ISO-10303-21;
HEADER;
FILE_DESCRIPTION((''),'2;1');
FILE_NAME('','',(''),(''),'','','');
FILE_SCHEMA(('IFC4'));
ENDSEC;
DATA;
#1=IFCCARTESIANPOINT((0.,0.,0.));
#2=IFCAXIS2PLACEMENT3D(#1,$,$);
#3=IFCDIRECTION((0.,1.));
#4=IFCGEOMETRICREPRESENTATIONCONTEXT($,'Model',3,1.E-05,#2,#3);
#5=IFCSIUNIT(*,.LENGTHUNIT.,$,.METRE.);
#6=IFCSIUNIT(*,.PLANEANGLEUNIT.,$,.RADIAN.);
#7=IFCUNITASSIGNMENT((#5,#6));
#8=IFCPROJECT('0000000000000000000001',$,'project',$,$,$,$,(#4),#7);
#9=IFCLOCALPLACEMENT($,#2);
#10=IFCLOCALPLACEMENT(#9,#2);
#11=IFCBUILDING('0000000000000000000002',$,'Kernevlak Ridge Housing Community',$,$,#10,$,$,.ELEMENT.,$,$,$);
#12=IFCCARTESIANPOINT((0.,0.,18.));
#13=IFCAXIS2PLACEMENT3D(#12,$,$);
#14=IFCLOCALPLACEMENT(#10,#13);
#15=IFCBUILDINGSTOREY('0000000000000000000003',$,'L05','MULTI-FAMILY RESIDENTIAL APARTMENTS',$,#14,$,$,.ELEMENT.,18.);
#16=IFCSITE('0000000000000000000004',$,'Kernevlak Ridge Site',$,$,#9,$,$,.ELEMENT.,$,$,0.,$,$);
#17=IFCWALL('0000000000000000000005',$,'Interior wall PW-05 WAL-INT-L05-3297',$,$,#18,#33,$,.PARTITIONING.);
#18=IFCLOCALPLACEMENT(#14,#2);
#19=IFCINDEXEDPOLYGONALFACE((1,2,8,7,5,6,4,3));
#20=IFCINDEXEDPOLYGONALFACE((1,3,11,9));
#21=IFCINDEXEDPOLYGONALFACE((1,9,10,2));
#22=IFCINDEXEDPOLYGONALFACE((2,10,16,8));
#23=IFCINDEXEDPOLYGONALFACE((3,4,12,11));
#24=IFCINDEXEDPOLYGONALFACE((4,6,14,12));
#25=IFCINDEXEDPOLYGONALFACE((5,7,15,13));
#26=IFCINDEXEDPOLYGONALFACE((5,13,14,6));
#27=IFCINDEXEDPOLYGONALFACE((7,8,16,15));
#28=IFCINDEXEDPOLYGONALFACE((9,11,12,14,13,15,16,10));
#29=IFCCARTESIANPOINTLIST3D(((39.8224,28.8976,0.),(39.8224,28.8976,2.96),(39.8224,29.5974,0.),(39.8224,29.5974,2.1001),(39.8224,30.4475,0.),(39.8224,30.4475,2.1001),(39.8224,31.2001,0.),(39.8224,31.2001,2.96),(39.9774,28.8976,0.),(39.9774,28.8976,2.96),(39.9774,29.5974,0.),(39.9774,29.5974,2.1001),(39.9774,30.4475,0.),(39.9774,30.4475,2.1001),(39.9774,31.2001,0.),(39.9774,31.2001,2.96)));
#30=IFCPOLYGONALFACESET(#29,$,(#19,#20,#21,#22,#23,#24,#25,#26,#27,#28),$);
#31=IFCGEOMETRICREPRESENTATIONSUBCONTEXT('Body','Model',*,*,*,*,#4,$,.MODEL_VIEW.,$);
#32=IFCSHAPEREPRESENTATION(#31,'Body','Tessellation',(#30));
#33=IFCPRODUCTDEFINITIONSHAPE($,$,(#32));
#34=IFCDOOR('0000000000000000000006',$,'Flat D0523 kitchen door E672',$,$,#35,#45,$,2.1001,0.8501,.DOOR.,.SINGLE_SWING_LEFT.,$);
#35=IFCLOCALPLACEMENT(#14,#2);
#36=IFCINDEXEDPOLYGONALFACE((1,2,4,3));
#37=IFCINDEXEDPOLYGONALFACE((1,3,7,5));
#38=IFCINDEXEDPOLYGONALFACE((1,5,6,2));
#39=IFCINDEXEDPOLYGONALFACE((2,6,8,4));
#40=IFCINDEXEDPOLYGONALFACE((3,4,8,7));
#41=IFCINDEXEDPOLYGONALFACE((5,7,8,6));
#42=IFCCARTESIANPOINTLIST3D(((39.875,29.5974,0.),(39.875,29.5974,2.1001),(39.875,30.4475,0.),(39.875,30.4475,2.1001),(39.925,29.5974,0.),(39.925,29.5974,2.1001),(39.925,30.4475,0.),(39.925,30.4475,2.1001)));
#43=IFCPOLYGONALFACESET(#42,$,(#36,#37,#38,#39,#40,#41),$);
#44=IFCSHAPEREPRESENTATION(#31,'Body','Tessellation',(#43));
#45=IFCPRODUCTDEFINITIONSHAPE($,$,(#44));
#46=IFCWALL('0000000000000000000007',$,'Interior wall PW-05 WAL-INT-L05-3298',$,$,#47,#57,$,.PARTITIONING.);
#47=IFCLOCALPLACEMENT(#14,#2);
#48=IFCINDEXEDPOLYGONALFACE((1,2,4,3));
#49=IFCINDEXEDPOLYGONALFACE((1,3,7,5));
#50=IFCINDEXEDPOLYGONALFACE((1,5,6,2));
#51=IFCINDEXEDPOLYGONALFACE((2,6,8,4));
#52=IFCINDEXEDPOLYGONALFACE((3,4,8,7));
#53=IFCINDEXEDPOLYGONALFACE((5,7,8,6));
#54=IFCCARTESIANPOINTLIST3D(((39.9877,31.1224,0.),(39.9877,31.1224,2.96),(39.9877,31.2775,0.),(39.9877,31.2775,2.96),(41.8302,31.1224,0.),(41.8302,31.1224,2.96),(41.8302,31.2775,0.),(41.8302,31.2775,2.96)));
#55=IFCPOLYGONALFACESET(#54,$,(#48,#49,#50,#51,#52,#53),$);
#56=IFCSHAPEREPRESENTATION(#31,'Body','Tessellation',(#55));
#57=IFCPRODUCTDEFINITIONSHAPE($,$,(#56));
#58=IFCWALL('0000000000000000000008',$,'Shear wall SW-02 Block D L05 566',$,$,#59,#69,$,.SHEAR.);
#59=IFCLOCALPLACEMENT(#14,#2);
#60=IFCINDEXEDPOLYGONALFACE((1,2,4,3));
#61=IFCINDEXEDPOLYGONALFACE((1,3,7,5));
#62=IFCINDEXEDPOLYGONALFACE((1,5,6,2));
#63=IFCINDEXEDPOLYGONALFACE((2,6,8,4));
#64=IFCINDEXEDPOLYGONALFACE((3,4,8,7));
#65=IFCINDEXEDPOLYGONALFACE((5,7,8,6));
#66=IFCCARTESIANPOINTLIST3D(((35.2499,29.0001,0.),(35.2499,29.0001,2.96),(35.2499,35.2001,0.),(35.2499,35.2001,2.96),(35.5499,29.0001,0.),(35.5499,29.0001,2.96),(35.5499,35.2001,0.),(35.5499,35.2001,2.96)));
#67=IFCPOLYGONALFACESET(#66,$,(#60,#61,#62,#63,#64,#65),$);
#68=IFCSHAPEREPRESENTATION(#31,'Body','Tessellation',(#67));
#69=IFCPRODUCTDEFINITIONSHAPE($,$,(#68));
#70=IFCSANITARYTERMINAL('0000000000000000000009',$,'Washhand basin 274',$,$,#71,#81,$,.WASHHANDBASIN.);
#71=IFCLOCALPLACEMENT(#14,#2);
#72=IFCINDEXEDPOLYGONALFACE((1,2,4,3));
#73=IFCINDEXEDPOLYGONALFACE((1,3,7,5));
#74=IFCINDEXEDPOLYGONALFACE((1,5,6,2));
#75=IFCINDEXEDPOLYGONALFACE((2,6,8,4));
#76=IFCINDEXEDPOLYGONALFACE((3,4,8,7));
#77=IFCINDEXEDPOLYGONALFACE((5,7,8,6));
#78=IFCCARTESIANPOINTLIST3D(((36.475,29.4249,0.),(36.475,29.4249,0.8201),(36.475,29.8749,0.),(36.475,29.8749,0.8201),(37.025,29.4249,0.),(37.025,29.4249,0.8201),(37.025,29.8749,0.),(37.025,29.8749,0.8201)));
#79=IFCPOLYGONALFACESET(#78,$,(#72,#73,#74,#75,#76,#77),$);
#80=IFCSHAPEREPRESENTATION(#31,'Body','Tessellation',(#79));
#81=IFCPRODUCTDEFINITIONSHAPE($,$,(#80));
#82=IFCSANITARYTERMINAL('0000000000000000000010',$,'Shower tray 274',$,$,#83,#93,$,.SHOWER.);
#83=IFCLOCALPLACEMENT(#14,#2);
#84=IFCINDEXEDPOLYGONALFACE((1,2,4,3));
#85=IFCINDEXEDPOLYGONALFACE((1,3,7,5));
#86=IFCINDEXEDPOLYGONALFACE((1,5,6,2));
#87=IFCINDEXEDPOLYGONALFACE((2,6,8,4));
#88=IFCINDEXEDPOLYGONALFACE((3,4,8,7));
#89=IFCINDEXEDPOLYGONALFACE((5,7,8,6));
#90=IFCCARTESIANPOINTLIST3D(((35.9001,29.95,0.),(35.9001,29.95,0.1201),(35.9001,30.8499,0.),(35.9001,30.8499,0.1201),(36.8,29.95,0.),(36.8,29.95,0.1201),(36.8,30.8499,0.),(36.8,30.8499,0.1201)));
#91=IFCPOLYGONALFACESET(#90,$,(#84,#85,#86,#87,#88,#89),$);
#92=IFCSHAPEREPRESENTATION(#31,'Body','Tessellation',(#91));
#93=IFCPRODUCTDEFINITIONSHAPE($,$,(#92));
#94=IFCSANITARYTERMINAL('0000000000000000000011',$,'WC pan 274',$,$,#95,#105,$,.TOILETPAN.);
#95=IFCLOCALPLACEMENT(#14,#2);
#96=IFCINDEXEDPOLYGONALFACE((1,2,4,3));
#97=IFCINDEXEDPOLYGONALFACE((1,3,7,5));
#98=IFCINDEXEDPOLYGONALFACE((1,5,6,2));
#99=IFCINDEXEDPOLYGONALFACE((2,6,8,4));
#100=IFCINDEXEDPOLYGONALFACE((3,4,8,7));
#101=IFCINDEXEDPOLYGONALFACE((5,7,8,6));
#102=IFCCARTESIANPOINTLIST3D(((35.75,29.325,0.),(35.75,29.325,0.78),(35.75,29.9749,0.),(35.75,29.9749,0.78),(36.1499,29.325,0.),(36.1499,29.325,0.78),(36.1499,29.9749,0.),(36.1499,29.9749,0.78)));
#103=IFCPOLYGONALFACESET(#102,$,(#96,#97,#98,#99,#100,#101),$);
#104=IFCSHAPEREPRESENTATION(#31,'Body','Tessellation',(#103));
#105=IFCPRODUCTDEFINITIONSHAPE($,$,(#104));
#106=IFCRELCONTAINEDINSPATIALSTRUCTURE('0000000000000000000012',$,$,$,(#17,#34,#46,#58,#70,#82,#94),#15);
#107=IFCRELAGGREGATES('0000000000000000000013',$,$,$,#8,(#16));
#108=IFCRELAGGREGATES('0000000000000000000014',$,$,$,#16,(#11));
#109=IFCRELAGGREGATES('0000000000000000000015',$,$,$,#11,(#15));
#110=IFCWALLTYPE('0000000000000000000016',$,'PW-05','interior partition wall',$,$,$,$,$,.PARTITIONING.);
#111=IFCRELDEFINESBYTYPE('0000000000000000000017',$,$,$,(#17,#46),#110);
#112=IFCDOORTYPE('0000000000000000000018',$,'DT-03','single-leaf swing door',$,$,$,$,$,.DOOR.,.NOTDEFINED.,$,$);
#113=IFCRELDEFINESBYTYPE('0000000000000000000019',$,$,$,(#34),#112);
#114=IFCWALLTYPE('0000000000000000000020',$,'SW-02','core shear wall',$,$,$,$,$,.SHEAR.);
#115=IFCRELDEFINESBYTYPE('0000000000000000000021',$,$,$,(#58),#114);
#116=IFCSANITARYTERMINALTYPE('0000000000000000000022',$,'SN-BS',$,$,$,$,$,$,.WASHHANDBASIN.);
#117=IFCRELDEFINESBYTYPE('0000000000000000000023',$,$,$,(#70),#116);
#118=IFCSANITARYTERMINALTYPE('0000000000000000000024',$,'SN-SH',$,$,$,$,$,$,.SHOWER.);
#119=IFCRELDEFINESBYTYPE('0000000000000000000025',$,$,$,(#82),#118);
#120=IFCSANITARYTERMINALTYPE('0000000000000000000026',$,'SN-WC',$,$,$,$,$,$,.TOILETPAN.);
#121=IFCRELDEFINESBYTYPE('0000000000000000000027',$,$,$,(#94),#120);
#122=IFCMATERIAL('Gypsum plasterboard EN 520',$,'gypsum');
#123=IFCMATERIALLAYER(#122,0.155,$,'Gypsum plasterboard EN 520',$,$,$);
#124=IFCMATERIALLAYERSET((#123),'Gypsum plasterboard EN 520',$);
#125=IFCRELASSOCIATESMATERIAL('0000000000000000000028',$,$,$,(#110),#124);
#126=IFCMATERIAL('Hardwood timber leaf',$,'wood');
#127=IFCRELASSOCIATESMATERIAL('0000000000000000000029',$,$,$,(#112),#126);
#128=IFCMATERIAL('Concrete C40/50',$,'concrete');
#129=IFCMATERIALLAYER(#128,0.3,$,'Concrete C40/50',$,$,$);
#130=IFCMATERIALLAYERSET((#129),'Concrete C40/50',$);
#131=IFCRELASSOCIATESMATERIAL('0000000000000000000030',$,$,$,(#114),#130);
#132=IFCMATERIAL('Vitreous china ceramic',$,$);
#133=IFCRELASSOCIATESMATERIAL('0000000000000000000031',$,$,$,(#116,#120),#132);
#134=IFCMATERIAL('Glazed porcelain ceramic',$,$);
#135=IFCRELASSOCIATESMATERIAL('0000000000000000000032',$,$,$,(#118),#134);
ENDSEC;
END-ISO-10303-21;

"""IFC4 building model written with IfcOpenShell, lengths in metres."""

from ifc_helpers import new_model, si_unit, direction, frame, frame_2d, origin, origin_2d, place, context, subcontext, project, spatial, rectangle, extrude, material, layer, layer_set, type_object, element, fill, save


model = new_model("IFC4")

# Units and contexts
model_context = context("Model", 3, precision=1e-05, world=origin(), true_north=direction((0.0, 1.0)))
body_context = subcontext(model_context, "Body", "Model", "MODEL_VIEW")
ifc_project = project(units=[si_unit("LENGTHUNIT", "METRE"), si_unit("PLANEANGLEUNIT", "RADIAN")], contexts=[model_context])

# Site, building, storey
site_placement = place(None, origin())
site = spatial("IfcSite", under=ifc_project, at=site_placement, Name="Kernevlak Ridge Site", CompositionType="ELEMENT", RefElevation=0.0)
building_placement = place(site_placement, origin())
building = spatial("IfcBuilding", under=site, at=building_placement, Name="Kernevlak Ridge Housing Community", CompositionType="ELEMENT")
storey_placement = place(building_placement, frame((0.0, 0.0, 18.0)))
storey = spatial("IfcBuildingStorey", under=building, at=storey_placement, Name="L05", Description="MULTI-FAMILY RESIDENTIAL APARTMENTS", CompositionType="ELEMENT", Elevation=18.0)

# Shared definitions
ifc_material_1 = material(Name="Hardwood timber leaf", Category="wood")

# Shared definitions
ifc_material_2 = material(Name="Gypsum plasterboard EN 520", Category="gypsum")

# Wall, opening, door
ifc_layer_1 = layer(ifc_material_2, 0.155, Name="Gypsum plasterboard EN 520")
ifc_layer_set_1 = layer_set([ifc_layer_1], Name="Gypsum plasterboard EN 520")
wall_type_1 = type_object("IfcWallType", Name="PW-05", Description="interior partition wall", PredefinedType="PARTITIONING", material=ifc_layer_set_1)
wall_1_placement = place(storey_placement, frame((39.8999, 28.8975, 0.0), z_axis=(0.0, 0.0, 1.0), x_axis=(0.0, 1.0, 0.0)))
wall_1 = element("IfcWall", 1, at=wall_1_placement, inside=storey, type_object=wall_type_1, Name="Interior wall PW-05 WAL-INT-L05-3297", PredefinedType="PARTITIONING", context=body_context, shape_type="SweptSolid", body=[
    extrude(rectangle(XDim=2.3025, YDim=0.155, at=frame_2d((1.1514, 0.0))), origin(), (0.0, 0.0, 1.0), 2.96),
])
opening_1_placement = place(wall_1_placement, frame((0.7, 0.0, 0.0)))
opening_1 = element("IfcOpeningElement", 2, at=opening_1_placement, cuts=wall_1, PredefinedType="OPENING", context=body_context, shape_type="SweptSolid", body=[
    extrude(rectangle(XDim=0.8501, YDim=2.1001, at=frame_2d((0.425, 1.05))), frame((0.0, 0.0874, 0.0), z_axis=(0.0, -1.0, 0.0), x_axis=(1.0, 0.0, 0.0)), (0.0, 0.0, 1.0), 0.175),
])
door_type_1 = type_object("IfcDoorType", Name="DT-03", Description="single-leaf swing door", OperationType="NOTDEFINED", PredefinedType="DOOR", material=ifc_material_1)
door_1_placement = place(opening_1_placement, origin())
door_1 = element("IfcDoor", 3, at=door_1_placement, inside=storey, type_object=door_type_1, Name="Flat D0523 kitchen door E672", OperationType="SINGLE_SWING_LEFT", OverallHeight=2.1001, OverallWidth=0.8501, PredefinedType="DOOR", context=body_context, shape_type="SweptSolid", body=[
    extrude(rectangle(XDim=0.8501, YDim=2.1001, at=frame_2d((0.425, 1.05))), frame((0.0, 0.0249, 0.0), z_axis=(0.0, -1.0, 0.0), x_axis=(1.0, 0.0, 0.0)), (0.0, 0.0, 1.0), 0.05),
])
fill(opening_1, door_1)

# Walls
wall_2_placement = place(storey_placement, frame((39.9875, 31.2, 0.0), z_axis=(0.0, 0.0, 1.0), x_axis=(1.0, 0.0, 0.0)))
element("IfcWall", 4, at=wall_2_placement, inside=storey, type_object=wall_type_1, Name="Interior wall PW-05 WAL-INT-L05-3298", PredefinedType="PARTITIONING", context=body_context, shape_type="SweptSolid", body=[
    extrude(rectangle(XDim=1.8425, YDim=0.155, at=frame_2d((0.9214, 0.0))), origin(), (0.0, 0.0, 1.0), 2.96),
])
ifc_material_3 = material(Name="Concrete C40/50", Category="concrete")
ifc_layer_2 = layer(ifc_material_3, 0.3, Name="Concrete C40/50")
ifc_layer_set_2 = layer_set([ifc_layer_2], Name="Concrete C40/50")
wall_type_2 = type_object("IfcWallType", Name="SW-02", Description="core shear wall", PredefinedType="SHEAR", material=ifc_layer_set_2)
wall_3_placement = place(storey_placement, frame((35.3999, 29.0, 0.0), z_axis=(0.0, 0.0, 1.0), x_axis=(0.0, 1.0, 0.0)))
element("IfcWall", 5, at=wall_3_placement, inside=storey, type_object=wall_type_2, Name="Shear wall SW-02 Block D L05 566", PredefinedType="SHEAR", context=body_context, shape_type="SweptSolid", body=[
    extrude(rectangle(XDim=6.2, YDim=0.3, at=frame_2d((3.1001, 0.0))), origin(), (0.0, 0.0, 1.0), 2.96),
])

# Sanitary terminals
ifc_material_4 = material(Name="Vitreous china ceramic")
sanitary_terminal_type_1 = type_object("IfcSanitaryTerminalType", Name="SN-BS", PredefinedType="WASHHANDBASIN", material=ifc_material_4)
sanitary_terminal_1_placement = place(storey_placement, frame((36.75, 29.6499, 0.0), z_axis=(0.0, 0.0, 1.0), x_axis=(1.0, 0.0, 0.0)))
element("IfcSanitaryTerminal", 6, at=sanitary_terminal_1_placement, inside=storey, type_object=sanitary_terminal_type_1, Name="Washhand basin 274", PredefinedType="WASHHANDBASIN", context=body_context, shape_type="SweptSolid", body=[
    extrude(rectangle(XDim=0.55, YDim=0.45, at=origin_2d()), origin(), (0.0, 0.0, 1.0), 0.8201),
])
ifc_material_5 = material(Name="Glazed porcelain ceramic")
sanitary_terminal_type_2 = type_object("IfcSanitaryTerminalType", Name="SN-SH", PredefinedType="SHOWER", material=ifc_material_5)
sanitary_terminal_2_placement = place(storey_placement, frame((36.3501, 30.3999, 0.0), z_axis=(0.0, 0.0, 1.0), x_axis=(1.0, 0.0, 0.0)))
element("IfcSanitaryTerminal", 7, at=sanitary_terminal_2_placement, inside=storey, type_object=sanitary_terminal_type_2, Name="Shower tray 274", PredefinedType="SHOWER", context=body_context, shape_type="SweptSolid", body=[
    extrude(rectangle(XDim=0.8999, YDim=0.8999, at=origin_2d()), origin(), (0.0, 0.0, 1.0), 0.1201),
])
sanitary_terminal_type_3 = type_object("IfcSanitaryTerminalType", Name="SN-WC", PredefinedType="TOILETPAN", material=ifc_material_4)
sanitary_terminal_3_placement = place(storey_placement, frame((35.95, 29.6499, 0.0), z_axis=(0.0, 0.0, 1.0), x_axis=(1.0, 0.0, 0.0)))
element("IfcSanitaryTerminal", 8, at=sanitary_terminal_3_placement, inside=storey, type_object=sanitary_terminal_type_3, Name="WC pan 274", PredefinedType="TOILETPAN", context=body_context, shape_type="SweptSolid", body=[
    extrude(rectangle(XDim=0.3999, YDim=0.6499, at=origin_2d()), origin(), (0.0, 0.0, 1.0), 0.78),
])

save(model, "model.ifc")
